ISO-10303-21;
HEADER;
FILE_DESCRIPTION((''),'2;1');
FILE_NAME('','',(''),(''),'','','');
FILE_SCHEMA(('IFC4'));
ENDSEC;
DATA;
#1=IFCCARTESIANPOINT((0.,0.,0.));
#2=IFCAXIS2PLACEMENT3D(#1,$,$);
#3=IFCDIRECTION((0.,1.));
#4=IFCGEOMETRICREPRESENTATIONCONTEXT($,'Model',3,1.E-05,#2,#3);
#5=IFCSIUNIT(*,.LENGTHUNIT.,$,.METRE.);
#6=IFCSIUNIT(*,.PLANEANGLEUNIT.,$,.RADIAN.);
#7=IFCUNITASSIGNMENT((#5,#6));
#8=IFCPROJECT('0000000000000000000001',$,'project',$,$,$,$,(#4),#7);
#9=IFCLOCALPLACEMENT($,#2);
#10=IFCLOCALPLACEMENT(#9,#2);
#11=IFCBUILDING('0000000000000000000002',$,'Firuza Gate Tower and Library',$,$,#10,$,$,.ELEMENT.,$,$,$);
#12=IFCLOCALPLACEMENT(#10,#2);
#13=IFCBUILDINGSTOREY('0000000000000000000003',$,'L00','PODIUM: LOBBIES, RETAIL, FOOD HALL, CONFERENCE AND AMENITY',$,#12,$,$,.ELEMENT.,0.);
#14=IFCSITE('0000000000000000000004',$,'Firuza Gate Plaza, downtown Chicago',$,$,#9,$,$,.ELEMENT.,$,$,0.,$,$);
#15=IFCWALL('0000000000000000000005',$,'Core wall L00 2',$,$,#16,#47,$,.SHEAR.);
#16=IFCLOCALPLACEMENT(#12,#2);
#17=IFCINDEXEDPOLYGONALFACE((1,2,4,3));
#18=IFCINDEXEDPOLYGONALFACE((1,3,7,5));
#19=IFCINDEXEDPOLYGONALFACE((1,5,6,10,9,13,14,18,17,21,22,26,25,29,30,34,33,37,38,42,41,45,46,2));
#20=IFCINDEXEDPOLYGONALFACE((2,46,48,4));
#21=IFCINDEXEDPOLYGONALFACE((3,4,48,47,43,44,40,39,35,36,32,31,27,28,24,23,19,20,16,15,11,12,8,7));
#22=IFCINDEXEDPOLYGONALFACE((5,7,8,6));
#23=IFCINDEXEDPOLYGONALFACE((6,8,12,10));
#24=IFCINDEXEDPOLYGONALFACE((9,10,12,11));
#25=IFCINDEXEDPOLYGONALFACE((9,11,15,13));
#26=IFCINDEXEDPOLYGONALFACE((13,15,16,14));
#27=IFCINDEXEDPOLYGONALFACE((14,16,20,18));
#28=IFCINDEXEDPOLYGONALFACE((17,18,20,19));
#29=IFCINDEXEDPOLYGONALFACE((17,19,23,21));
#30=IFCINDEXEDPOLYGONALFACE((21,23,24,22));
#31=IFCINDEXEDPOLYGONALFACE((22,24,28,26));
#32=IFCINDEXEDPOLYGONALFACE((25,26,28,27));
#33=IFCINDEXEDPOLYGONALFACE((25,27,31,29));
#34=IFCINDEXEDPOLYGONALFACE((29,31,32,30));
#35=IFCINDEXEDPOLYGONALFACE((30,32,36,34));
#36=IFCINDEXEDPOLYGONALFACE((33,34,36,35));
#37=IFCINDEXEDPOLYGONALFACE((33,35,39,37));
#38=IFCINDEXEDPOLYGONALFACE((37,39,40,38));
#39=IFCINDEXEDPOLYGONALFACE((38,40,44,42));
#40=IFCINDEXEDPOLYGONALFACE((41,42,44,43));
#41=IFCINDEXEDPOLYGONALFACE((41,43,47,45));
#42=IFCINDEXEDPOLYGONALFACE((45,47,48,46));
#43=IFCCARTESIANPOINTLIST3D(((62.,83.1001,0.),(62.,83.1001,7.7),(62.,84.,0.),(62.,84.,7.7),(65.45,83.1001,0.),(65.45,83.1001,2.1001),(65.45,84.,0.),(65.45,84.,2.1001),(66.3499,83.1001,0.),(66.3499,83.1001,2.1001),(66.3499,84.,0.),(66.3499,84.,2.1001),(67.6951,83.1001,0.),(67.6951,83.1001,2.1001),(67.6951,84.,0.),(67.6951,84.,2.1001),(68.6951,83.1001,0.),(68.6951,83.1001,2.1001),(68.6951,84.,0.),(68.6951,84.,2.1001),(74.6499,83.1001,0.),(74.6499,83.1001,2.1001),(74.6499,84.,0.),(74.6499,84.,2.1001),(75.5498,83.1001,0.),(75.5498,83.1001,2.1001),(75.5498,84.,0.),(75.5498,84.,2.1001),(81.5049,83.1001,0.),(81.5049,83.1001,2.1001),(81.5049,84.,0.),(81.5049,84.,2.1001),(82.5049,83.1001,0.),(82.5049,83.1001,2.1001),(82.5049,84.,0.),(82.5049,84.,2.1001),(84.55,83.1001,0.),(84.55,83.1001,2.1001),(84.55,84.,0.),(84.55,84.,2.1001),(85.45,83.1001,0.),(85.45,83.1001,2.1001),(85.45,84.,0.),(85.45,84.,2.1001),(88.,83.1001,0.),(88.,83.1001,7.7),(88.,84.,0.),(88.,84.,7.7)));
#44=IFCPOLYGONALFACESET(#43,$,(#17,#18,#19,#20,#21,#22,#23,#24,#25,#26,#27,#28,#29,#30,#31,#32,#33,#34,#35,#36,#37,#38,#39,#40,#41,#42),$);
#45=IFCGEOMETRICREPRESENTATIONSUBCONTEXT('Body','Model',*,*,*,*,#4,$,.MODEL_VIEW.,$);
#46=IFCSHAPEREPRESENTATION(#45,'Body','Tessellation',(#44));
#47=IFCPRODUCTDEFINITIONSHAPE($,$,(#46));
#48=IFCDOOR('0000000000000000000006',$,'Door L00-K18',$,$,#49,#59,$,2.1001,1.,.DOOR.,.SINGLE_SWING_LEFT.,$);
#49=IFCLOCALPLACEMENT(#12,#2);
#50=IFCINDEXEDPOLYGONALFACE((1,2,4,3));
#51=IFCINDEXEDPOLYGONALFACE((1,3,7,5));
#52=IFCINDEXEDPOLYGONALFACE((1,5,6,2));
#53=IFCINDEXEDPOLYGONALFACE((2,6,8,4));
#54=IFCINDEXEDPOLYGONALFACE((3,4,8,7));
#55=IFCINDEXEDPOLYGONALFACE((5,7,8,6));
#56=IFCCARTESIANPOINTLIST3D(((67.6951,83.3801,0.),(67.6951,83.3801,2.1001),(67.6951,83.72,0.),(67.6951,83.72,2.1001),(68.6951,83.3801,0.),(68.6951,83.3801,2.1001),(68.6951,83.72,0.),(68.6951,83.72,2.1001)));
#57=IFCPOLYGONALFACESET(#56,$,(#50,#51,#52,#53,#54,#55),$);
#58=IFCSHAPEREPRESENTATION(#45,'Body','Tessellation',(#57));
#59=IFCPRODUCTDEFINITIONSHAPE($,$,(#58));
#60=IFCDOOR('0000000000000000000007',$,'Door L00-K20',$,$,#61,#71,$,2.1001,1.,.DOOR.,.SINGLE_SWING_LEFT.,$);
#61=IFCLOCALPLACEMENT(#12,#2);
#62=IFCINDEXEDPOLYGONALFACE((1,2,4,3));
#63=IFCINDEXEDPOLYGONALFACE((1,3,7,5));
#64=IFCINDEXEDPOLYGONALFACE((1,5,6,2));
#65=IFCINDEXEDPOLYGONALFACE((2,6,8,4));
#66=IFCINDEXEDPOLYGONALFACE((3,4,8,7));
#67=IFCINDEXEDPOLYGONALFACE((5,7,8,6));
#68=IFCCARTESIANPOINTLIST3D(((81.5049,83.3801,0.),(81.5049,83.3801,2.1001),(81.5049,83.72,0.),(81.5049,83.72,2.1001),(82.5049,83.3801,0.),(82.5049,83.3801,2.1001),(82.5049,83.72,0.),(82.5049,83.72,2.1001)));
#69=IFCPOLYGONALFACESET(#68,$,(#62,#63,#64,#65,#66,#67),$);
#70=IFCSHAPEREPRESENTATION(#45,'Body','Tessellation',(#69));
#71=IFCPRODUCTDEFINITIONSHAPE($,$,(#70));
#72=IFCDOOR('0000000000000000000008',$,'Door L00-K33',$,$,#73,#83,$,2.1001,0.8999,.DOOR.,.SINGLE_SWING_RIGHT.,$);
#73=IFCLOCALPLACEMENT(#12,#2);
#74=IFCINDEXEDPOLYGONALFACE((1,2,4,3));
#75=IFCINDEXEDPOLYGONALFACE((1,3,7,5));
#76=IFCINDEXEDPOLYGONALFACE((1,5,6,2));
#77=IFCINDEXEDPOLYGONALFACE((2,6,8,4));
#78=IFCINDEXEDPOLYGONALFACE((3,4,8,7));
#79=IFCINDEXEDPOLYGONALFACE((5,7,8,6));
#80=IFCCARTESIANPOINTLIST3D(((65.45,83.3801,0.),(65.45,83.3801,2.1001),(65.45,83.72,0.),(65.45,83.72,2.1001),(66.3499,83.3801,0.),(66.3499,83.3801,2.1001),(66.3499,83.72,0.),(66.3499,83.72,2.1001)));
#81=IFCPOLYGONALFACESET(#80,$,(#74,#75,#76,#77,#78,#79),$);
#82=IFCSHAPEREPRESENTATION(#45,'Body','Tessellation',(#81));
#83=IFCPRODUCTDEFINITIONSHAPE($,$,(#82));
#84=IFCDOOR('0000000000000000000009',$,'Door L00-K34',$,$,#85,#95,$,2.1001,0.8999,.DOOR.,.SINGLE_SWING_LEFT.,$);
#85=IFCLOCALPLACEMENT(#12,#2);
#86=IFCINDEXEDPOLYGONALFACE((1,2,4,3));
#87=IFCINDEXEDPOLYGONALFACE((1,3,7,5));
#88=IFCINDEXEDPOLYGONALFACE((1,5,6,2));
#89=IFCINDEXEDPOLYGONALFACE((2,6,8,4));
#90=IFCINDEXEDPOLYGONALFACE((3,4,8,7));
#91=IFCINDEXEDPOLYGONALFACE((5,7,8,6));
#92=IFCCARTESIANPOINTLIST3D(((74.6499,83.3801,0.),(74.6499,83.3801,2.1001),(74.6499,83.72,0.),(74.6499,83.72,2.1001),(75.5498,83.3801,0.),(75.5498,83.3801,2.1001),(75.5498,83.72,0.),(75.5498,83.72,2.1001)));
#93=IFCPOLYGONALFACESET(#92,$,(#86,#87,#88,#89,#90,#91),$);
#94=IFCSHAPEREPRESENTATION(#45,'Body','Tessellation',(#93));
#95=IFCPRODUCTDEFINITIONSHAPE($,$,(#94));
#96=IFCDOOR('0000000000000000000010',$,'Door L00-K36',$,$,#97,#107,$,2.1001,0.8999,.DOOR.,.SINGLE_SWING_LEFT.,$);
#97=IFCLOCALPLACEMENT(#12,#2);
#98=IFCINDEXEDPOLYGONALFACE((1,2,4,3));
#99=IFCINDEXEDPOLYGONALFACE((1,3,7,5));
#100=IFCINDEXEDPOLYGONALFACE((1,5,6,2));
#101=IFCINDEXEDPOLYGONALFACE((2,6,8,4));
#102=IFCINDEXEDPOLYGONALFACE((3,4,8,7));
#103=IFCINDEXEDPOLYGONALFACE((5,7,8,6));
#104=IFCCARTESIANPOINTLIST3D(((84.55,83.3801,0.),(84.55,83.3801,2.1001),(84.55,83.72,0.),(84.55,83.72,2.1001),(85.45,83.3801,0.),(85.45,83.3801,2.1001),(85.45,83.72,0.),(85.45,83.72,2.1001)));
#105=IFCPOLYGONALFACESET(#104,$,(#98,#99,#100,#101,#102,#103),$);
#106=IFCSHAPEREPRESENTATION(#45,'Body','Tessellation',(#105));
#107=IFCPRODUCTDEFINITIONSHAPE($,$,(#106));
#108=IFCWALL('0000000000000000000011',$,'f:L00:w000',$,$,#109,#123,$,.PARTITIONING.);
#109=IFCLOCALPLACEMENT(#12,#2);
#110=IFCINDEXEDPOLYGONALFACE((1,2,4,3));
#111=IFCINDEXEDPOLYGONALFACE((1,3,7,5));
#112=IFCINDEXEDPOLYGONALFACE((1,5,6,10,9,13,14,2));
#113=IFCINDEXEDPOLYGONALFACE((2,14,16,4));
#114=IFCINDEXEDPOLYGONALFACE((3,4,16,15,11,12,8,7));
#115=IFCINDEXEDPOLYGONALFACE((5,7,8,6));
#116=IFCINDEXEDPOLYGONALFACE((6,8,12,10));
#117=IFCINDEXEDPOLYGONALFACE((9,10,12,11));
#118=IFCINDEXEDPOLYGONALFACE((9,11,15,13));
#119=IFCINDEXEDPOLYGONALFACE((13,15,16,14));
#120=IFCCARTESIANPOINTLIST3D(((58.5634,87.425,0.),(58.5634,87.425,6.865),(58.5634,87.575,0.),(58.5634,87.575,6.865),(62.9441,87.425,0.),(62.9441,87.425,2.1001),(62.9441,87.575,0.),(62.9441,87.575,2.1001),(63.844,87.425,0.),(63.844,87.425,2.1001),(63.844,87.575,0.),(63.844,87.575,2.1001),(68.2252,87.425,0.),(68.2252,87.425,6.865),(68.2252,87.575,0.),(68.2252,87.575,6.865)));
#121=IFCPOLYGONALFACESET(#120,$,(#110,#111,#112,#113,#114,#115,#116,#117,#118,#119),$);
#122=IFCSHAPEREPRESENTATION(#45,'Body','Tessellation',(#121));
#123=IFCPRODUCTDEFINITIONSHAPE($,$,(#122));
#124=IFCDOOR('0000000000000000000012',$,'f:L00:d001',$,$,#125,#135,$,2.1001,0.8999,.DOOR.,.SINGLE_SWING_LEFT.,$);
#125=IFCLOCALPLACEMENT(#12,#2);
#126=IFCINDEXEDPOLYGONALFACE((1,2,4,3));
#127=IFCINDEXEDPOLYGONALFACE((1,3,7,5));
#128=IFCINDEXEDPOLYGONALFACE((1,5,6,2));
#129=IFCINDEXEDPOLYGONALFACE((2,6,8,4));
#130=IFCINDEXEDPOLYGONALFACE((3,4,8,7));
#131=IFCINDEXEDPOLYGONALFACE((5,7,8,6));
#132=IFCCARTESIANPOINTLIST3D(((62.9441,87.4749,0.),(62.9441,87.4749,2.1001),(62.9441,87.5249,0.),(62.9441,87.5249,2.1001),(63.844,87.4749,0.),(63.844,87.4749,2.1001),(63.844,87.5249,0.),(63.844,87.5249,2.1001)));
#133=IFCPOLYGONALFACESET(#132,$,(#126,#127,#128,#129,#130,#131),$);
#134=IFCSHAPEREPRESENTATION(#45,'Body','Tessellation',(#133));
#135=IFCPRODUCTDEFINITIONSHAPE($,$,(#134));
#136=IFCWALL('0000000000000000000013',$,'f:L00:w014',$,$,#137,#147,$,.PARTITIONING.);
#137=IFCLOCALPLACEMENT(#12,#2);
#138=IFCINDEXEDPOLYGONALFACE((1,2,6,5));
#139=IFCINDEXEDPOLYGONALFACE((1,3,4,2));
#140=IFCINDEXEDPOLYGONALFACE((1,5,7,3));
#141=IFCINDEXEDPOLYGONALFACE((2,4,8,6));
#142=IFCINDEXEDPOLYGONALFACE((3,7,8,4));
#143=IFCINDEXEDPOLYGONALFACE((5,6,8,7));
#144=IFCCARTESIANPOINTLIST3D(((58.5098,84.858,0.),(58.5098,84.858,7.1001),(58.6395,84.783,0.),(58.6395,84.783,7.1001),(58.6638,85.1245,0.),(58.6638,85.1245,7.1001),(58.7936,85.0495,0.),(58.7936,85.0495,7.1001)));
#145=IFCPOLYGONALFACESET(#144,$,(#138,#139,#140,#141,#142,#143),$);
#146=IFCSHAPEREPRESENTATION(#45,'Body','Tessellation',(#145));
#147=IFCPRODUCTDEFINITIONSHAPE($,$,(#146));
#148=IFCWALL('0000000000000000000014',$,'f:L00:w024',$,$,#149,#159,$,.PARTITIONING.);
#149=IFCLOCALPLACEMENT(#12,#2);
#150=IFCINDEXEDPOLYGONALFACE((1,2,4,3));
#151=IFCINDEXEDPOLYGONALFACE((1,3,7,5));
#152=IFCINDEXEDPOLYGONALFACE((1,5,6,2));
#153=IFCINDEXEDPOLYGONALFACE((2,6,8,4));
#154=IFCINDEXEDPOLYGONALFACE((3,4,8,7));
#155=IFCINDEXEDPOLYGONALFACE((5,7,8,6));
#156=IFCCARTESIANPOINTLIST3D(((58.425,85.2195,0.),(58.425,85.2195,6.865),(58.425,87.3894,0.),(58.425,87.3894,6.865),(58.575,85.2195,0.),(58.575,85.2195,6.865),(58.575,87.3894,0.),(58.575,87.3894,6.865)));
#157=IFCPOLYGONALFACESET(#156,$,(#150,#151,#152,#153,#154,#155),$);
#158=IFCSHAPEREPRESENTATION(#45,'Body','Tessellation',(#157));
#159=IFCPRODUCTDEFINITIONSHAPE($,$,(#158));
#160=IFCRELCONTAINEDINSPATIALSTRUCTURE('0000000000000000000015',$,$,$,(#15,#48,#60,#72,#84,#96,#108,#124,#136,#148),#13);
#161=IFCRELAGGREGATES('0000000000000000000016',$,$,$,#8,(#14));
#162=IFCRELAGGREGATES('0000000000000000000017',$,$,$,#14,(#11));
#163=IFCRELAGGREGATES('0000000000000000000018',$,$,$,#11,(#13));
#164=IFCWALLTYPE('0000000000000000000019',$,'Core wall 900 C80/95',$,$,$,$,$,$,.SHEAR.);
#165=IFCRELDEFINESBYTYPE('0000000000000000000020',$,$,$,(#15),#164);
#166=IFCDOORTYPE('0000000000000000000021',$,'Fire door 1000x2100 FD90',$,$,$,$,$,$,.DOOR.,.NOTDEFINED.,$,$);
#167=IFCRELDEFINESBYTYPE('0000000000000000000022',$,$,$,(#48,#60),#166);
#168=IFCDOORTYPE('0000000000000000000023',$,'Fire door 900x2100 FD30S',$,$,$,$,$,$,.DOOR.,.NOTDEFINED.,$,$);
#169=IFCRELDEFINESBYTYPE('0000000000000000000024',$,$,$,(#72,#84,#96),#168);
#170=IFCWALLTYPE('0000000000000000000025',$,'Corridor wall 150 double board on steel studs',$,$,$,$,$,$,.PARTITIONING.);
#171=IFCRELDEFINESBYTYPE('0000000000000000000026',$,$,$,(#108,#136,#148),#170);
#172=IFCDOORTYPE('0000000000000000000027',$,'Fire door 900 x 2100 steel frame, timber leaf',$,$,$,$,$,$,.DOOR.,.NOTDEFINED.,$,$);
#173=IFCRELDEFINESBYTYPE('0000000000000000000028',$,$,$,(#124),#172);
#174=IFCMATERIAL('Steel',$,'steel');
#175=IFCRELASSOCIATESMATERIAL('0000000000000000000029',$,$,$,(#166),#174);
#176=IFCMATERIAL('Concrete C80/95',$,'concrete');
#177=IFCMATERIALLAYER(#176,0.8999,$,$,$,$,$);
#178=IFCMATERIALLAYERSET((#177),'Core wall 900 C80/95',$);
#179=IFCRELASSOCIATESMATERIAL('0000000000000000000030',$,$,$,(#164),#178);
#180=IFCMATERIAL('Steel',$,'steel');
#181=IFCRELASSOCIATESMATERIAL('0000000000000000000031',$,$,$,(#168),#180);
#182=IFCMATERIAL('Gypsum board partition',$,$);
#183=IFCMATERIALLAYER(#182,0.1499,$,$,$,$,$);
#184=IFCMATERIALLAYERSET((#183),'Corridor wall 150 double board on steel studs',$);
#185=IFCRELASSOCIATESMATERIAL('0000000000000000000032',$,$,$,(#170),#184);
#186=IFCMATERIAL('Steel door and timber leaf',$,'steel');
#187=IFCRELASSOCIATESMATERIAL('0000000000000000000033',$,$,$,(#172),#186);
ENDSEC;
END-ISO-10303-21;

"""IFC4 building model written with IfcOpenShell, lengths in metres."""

from ifc_helpers import new_model, si_unit, direction, frame, frame_2d, origin, place, context, subcontext, project, spatial, rectangle, extrude, material, layer, layer_set, type_object, element, fill, save


model = new_model("IFC4")

# Units and contexts
model_context = context("Model", 3, precision=1e-05, world=origin(), true_north=direction((0.0, 1.0)))
body_context = subcontext(model_context, "Body", "Model", "MODEL_VIEW")
ifc_project = project(units=[si_unit("LENGTHUNIT", "METRE"), si_unit("PLANEANGLEUNIT", "RADIAN")], contexts=[model_context])

# Site, building, storey
site_placement = place(None, origin())
site = spatial("IfcSite", under=ifc_project, at=site_placement, Name="Firuza Gate Plaza, downtown Chicago", CompositionType="ELEMENT", RefElevation=0.0)
building_placement = place(site_placement, origin())
building = spatial("IfcBuilding", under=site, at=building_placement, Name="Firuza Gate Tower and Library", CompositionType="ELEMENT")
storey_placement = place(building_placement, origin())
storey = spatial("IfcBuildingStorey", under=building, at=storey_placement, Name="L00", Description="PODIUM: LOBBIES, RETAIL, FOOD HALL, CONFERENCE AND AMENITY", CompositionType="ELEMENT", Elevation=0.0)

# Shared definitions
ifc_material_1 = material(Name="Steel", Category="steel")
door_type_1 = type_object("IfcDoorType", Name="Fire door 1000x2100 FD90", OperationType="NOTDEFINED", PredefinedType="DOOR", material=ifc_material_1)

# Wall, openings, doors
ifc_material_2 = material(Name="Concrete C80/95", Category="concrete")
ifc_layer_1 = layer(ifc_material_2, 0.8999)
ifc_layer_set_1 = layer_set([ifc_layer_1], Name="Core wall 900 C80/95")
wall_type_1 = type_object("IfcWallType", Name="Core wall 900 C80/95", PredefinedType="SHEAR", material=ifc_layer_set_1)
wall_1_placement = place(storey_placement, frame((62.0, 83.55, 0.0), z_axis=(0.0, 0.0, 1.0), x_axis=(1.0, 0.0, 0.0)))
wall_1 = element("IfcWall", 1, at=wall_1_placement, inside=storey, type_object=wall_type_1, Name="Core wall L00 2", PredefinedType="SHEAR", context=body_context, shape_type="SweptSolid", body=[
    extrude(rectangle(XDim=26.0, YDim=0.8999, at=frame_2d((13.0, 0.0))), origin(), (0.0, 0.0, 1.0), 7.7),
])
opening_1_placement = place(wall_1_placement, frame((5.6951, 0.0, 0.0)))
opening_1 = element("IfcOpeningElement", 2, at=opening_1_placement, cuts=wall_1, PredefinedType="OPENING", context=body_context, shape_type="SweptSolid", body=[
    extrude(rectangle(XDim=1.0, YDim=2.1001, at=frame_2d((0.5, 1.05))), frame((0.0, 0.46, 0.0), z_axis=(0.0, -1.0, 0.0), x_axis=(1.0, 0.0, 0.0)), (0.0, 0.0, 1.0), 0.9199),
])
opening_2_placement = place(wall_1_placement, frame((19.5049, 0.0, 0.0)))
opening_2 = element("IfcOpeningElement", 3, at=opening_2_placement, cuts=wall_1, PredefinedType="OPENING", context=body_context, shape_type="SweptSolid", body=[
    extrude(rectangle(XDim=1.0, YDim=2.1001, at=frame_2d((0.5, 1.05))), frame((0.0, 0.46, 0.0), z_axis=(0.0, -1.0, 0.0), x_axis=(1.0, 0.0, 0.0)), (0.0, 0.0, 1.0), 0.9199),
])
opening_3_placement = place(wall_1_placement, frame((3.45, 0.0, 0.0)))
opening_3 = element("IfcOpeningElement", 4, at=opening_3_placement, cuts=wall_1, PredefinedType="OPENING", context=body_context, shape_type="SweptSolid", body=[
    extrude(rectangle(XDim=0.8999, YDim=2.1001, at=frame_2d((0.45, 1.05))), frame((0.0, 0.46, 0.0), z_axis=(0.0, -1.0, 0.0), x_axis=(1.0, 0.0, 0.0)), (0.0, 0.0, 1.0), 0.9199),
])
opening_4_placement = place(wall_1_placement, frame((12.6499, 0.0, 0.0)))
opening_4 = element("IfcOpeningElement", 5, at=opening_4_placement, cuts=wall_1, PredefinedType="OPENING", context=body_context, shape_type="SweptSolid", body=[
    extrude(rectangle(XDim=0.8999, YDim=2.1001, at=frame_2d((0.45, 1.05))), frame((0.0, 0.46, 0.0), z_axis=(0.0, -1.0, 0.0), x_axis=(1.0, 0.0, 0.0)), (0.0, 0.0, 1.0), 0.9199),
])
opening_5_placement = place(wall_1_placement, frame((22.55, 0.0, 0.0)))
opening_5 = element("IfcOpeningElement", 6, at=opening_5_placement, cuts=wall_1, PredefinedType="OPENING", context=body_context, shape_type="SweptSolid", body=[
    extrude(rectangle(XDim=0.8999, YDim=2.1001, at=frame_2d((0.45, 1.05))), frame((0.0, 0.46, 0.0), z_axis=(0.0, -1.0, 0.0), x_axis=(1.0, 0.0, 0.0)), (0.0, 0.0, 1.0), 0.9199),
])
door_1_placement = place(opening_1_placement, origin())
door_1 = element("IfcDoor", 7, at=door_1_placement, inside=storey, type_object=door_type_1, Name="Door L00-K18", OperationType="SINGLE_SWING_LEFT", OverallHeight=2.1001, OverallWidth=1.0, PredefinedType="DOOR", context=body_context, shape_type="SweptSolid", body=[
    extrude(rectangle(XDim=1.0, YDim=2.1001, at=frame_2d((0.5, 1.05))), frame((0.0, 0.1699, 0.0), z_axis=(0.0, -1.0, 0.0), x_axis=(1.0, 0.0, 0.0)), (0.0, 0.0, 1.0), 0.3398),
])
fill(opening_1, door_1)
door_2_placement = place(opening_2_placement, origin())
door_2 = element("IfcDoor", 8, at=door_2_placement, inside=storey, type_object=door_type_1, Name="Door L00-K20", OperationType="SINGLE_SWING_LEFT", OverallHeight=2.1001, OverallWidth=1.0, PredefinedType="DOOR", context=body_context, shape_type="SweptSolid", body=[
    extrude(rectangle(XDim=1.0, YDim=2.1001, at=frame_2d((0.5, 1.05))), frame((0.0, 0.1699, 0.0), z_axis=(0.0, -1.0, 0.0), x_axis=(1.0, 0.0, 0.0)), (0.0, 0.0, 1.0), 0.3398),
])
fill(opening_2, door_2)
ifc_material_3 = material(Name="Steel", Category="steel")
door_type_2 = type_object("IfcDoorType", Name="Fire door 900x2100 FD30S", OperationType="NOTDEFINED", PredefinedType="DOOR", material=ifc_material_3)
door_3_placement = place(opening_3_placement, origin())
door_3 = element("IfcDoor", 9, at=door_3_placement, inside=storey, type_object=door_type_2, Name="Door L00-K33", OperationType="SINGLE_SWING_RIGHT", OverallHeight=2.1001, OverallWidth=0.8999, PredefinedType="DOOR", context=body_context, shape_type="SweptSolid", body=[
    extrude(rectangle(XDim=0.8999, YDim=2.1001, at=frame_2d((0.45, 1.05))), frame((0.0, 0.1699, 0.0), z_axis=(0.0, -1.0, 0.0), x_axis=(1.0, 0.0, 0.0)), (0.0, 0.0, 1.0), 0.3398),
])
fill(opening_3, door_3)
door_4_placement = place(opening_4_placement, origin())
door_4 = element("IfcDoor", 10, at=door_4_placement, inside=storey, type_object=door_type_2, Name="Door L00-K34", OperationType="SINGLE_SWING_LEFT", OverallHeight=2.1001, OverallWidth=0.8999, PredefinedType="DOOR", context=body_context, shape_type="SweptSolid", body=[
    extrude(rectangle(XDim=0.8999, YDim=2.1001, at=frame_2d((0.45, 1.05))), frame((0.0, 0.1699, 0.0), z_axis=(0.0, -1.0, 0.0), x_axis=(1.0, 0.0, 0.0)), (0.0, 0.0, 1.0), 0.3398),
])
fill(opening_4, door_4)
door_5_placement = place(opening_5_placement, origin())
door_5 = element("IfcDoor", 11, at=door_5_placement, inside=storey, type_object=door_type_2, Name="Door L00-K36", OperationType="SINGLE_SWING_LEFT", OverallHeight=2.1001, OverallWidth=0.8999, PredefinedType="DOOR", context=body_context, shape_type="SweptSolid", body=[
    extrude(rectangle(XDim=0.8999, YDim=2.1001, at=frame_2d((0.45, 1.05))), frame((0.0, 0.1699, 0.0), z_axis=(0.0, -1.0, 0.0), x_axis=(1.0, 0.0, 0.0)), (0.0, 0.0, 1.0), 0.3398),
])
fill(opening_5, door_5)

# Wall, opening, door
ifc_material_4 = material(Name="Gypsum board partition")
ifc_layer_2 = layer(ifc_material_4, 0.1499)
ifc_layer_set_2 = layer_set([ifc_layer_2], Name="Corridor wall 150 double board on steel studs")
wall_type_2 = type_object("IfcWallType", Name="Corridor wall 150 double board on steel studs", PredefinedType="PARTITIONING", material=ifc_layer_set_2)
wall_2_placement = place(storey_placement, frame((58.5632, 87.5, 0.0), z_axis=(0.0, 0.0, 1.0), x_axis=(1.0, 0.0, 0.0)))
wall_2 = element("IfcWall", 12, at=wall_2_placement, inside=storey, type_object=wall_type_2, Name="f:L00:w000", PredefinedType="PARTITIONING", context=body_context, shape_type="SweptSolid", body=[
    extrude(rectangle(XDim=9.6619, YDim=0.1499, at=frame_2d((4.8311, 0.0))), origin(), (0.0, 0.0, 1.0), 6.865),
])
opening_6_placement = place(wall_2_placement, frame((4.3809, 0.0, 0.0)))
opening_6 = element("IfcOpeningElement", 13, at=opening_6_placement, cuts=wall_2, PredefinedType="OPENING", context=body_context, shape_type="SweptSolid", body=[
    extrude(rectangle(XDim=0.8999, YDim=2.1001, at=frame_2d((0.45, 1.05))), frame((0.0, 0.085, 0.0), z_axis=(0.0, -1.0, 0.0), x_axis=(1.0, 0.0, 0.0)), (0.0, 0.0, 1.0), 0.1699),
])
ifc_material_5 = material(Name="Steel door and timber leaf", Category="steel")
door_type_3 = type_object("IfcDoorType", Name="Fire door 900 x 2100 steel frame, timber leaf", OperationType="NOTDEFINED", PredefinedType="DOOR", material=ifc_material_5)
door_6_placement = place(opening_6_placement, origin())
door_6 = element("IfcDoor", 14, at=door_6_placement, inside=storey, type_object=door_type_3, Name="f:L00:d001", OperationType="SINGLE_SWING_LEFT", OverallHeight=2.1001, OverallWidth=0.8999, PredefinedType="DOOR", context=body_context, shape_type="SweptSolid", body=[
    extrude(rectangle(XDim=0.8999, YDim=2.1001, at=frame_2d((0.45, 1.05))), frame((0.0, 0.0249, 0.0), z_axis=(0.0, -1.0, 0.0), x_axis=(1.0, 0.0, 0.0)), (0.0, 0.0, 1.0), 0.05),
])
fill(opening_6, door_6)

# Walls
wall_3_placement = place(storey_placement, frame((58.5747, 84.8206, 0.0), z_axis=(0.0, 0.0, 1.0), x_axis=(0.500317, 0.865842, 0.0)))
element("IfcWall", 15, at=wall_3_placement, inside=storey, type_object=wall_type_2, Name="f:L00:w014", PredefinedType="PARTITIONING", context=body_context, shape_type="SweptSolid", body=[
    extrude(rectangle(XDim=0.3079, YDim=0.1499, at=frame_2d((0.1538, 0.0))), origin(), (0.0, 0.0, 1.0), 7.1001),
])
wall_4_placement = place(storey_placement, frame((58.5, 85.2195, 0.0), z_axis=(0.0, 0.0, 1.0), x_axis=(0.0, 1.0, 0.0)))
element("IfcWall", 16, at=wall_4_placement, inside=storey, type_object=wall_type_2, Name="f:L00:w024", PredefinedType="PARTITIONING", context=body_context, shape_type="SweptSolid", body=[
    extrude(rectangle(XDim=2.1699, YDim=0.1499, at=frame_2d((1.085, 0.0))), origin(), (0.0, 0.0, 1.0), 6.865),
])

save(model, "model.ifc")
